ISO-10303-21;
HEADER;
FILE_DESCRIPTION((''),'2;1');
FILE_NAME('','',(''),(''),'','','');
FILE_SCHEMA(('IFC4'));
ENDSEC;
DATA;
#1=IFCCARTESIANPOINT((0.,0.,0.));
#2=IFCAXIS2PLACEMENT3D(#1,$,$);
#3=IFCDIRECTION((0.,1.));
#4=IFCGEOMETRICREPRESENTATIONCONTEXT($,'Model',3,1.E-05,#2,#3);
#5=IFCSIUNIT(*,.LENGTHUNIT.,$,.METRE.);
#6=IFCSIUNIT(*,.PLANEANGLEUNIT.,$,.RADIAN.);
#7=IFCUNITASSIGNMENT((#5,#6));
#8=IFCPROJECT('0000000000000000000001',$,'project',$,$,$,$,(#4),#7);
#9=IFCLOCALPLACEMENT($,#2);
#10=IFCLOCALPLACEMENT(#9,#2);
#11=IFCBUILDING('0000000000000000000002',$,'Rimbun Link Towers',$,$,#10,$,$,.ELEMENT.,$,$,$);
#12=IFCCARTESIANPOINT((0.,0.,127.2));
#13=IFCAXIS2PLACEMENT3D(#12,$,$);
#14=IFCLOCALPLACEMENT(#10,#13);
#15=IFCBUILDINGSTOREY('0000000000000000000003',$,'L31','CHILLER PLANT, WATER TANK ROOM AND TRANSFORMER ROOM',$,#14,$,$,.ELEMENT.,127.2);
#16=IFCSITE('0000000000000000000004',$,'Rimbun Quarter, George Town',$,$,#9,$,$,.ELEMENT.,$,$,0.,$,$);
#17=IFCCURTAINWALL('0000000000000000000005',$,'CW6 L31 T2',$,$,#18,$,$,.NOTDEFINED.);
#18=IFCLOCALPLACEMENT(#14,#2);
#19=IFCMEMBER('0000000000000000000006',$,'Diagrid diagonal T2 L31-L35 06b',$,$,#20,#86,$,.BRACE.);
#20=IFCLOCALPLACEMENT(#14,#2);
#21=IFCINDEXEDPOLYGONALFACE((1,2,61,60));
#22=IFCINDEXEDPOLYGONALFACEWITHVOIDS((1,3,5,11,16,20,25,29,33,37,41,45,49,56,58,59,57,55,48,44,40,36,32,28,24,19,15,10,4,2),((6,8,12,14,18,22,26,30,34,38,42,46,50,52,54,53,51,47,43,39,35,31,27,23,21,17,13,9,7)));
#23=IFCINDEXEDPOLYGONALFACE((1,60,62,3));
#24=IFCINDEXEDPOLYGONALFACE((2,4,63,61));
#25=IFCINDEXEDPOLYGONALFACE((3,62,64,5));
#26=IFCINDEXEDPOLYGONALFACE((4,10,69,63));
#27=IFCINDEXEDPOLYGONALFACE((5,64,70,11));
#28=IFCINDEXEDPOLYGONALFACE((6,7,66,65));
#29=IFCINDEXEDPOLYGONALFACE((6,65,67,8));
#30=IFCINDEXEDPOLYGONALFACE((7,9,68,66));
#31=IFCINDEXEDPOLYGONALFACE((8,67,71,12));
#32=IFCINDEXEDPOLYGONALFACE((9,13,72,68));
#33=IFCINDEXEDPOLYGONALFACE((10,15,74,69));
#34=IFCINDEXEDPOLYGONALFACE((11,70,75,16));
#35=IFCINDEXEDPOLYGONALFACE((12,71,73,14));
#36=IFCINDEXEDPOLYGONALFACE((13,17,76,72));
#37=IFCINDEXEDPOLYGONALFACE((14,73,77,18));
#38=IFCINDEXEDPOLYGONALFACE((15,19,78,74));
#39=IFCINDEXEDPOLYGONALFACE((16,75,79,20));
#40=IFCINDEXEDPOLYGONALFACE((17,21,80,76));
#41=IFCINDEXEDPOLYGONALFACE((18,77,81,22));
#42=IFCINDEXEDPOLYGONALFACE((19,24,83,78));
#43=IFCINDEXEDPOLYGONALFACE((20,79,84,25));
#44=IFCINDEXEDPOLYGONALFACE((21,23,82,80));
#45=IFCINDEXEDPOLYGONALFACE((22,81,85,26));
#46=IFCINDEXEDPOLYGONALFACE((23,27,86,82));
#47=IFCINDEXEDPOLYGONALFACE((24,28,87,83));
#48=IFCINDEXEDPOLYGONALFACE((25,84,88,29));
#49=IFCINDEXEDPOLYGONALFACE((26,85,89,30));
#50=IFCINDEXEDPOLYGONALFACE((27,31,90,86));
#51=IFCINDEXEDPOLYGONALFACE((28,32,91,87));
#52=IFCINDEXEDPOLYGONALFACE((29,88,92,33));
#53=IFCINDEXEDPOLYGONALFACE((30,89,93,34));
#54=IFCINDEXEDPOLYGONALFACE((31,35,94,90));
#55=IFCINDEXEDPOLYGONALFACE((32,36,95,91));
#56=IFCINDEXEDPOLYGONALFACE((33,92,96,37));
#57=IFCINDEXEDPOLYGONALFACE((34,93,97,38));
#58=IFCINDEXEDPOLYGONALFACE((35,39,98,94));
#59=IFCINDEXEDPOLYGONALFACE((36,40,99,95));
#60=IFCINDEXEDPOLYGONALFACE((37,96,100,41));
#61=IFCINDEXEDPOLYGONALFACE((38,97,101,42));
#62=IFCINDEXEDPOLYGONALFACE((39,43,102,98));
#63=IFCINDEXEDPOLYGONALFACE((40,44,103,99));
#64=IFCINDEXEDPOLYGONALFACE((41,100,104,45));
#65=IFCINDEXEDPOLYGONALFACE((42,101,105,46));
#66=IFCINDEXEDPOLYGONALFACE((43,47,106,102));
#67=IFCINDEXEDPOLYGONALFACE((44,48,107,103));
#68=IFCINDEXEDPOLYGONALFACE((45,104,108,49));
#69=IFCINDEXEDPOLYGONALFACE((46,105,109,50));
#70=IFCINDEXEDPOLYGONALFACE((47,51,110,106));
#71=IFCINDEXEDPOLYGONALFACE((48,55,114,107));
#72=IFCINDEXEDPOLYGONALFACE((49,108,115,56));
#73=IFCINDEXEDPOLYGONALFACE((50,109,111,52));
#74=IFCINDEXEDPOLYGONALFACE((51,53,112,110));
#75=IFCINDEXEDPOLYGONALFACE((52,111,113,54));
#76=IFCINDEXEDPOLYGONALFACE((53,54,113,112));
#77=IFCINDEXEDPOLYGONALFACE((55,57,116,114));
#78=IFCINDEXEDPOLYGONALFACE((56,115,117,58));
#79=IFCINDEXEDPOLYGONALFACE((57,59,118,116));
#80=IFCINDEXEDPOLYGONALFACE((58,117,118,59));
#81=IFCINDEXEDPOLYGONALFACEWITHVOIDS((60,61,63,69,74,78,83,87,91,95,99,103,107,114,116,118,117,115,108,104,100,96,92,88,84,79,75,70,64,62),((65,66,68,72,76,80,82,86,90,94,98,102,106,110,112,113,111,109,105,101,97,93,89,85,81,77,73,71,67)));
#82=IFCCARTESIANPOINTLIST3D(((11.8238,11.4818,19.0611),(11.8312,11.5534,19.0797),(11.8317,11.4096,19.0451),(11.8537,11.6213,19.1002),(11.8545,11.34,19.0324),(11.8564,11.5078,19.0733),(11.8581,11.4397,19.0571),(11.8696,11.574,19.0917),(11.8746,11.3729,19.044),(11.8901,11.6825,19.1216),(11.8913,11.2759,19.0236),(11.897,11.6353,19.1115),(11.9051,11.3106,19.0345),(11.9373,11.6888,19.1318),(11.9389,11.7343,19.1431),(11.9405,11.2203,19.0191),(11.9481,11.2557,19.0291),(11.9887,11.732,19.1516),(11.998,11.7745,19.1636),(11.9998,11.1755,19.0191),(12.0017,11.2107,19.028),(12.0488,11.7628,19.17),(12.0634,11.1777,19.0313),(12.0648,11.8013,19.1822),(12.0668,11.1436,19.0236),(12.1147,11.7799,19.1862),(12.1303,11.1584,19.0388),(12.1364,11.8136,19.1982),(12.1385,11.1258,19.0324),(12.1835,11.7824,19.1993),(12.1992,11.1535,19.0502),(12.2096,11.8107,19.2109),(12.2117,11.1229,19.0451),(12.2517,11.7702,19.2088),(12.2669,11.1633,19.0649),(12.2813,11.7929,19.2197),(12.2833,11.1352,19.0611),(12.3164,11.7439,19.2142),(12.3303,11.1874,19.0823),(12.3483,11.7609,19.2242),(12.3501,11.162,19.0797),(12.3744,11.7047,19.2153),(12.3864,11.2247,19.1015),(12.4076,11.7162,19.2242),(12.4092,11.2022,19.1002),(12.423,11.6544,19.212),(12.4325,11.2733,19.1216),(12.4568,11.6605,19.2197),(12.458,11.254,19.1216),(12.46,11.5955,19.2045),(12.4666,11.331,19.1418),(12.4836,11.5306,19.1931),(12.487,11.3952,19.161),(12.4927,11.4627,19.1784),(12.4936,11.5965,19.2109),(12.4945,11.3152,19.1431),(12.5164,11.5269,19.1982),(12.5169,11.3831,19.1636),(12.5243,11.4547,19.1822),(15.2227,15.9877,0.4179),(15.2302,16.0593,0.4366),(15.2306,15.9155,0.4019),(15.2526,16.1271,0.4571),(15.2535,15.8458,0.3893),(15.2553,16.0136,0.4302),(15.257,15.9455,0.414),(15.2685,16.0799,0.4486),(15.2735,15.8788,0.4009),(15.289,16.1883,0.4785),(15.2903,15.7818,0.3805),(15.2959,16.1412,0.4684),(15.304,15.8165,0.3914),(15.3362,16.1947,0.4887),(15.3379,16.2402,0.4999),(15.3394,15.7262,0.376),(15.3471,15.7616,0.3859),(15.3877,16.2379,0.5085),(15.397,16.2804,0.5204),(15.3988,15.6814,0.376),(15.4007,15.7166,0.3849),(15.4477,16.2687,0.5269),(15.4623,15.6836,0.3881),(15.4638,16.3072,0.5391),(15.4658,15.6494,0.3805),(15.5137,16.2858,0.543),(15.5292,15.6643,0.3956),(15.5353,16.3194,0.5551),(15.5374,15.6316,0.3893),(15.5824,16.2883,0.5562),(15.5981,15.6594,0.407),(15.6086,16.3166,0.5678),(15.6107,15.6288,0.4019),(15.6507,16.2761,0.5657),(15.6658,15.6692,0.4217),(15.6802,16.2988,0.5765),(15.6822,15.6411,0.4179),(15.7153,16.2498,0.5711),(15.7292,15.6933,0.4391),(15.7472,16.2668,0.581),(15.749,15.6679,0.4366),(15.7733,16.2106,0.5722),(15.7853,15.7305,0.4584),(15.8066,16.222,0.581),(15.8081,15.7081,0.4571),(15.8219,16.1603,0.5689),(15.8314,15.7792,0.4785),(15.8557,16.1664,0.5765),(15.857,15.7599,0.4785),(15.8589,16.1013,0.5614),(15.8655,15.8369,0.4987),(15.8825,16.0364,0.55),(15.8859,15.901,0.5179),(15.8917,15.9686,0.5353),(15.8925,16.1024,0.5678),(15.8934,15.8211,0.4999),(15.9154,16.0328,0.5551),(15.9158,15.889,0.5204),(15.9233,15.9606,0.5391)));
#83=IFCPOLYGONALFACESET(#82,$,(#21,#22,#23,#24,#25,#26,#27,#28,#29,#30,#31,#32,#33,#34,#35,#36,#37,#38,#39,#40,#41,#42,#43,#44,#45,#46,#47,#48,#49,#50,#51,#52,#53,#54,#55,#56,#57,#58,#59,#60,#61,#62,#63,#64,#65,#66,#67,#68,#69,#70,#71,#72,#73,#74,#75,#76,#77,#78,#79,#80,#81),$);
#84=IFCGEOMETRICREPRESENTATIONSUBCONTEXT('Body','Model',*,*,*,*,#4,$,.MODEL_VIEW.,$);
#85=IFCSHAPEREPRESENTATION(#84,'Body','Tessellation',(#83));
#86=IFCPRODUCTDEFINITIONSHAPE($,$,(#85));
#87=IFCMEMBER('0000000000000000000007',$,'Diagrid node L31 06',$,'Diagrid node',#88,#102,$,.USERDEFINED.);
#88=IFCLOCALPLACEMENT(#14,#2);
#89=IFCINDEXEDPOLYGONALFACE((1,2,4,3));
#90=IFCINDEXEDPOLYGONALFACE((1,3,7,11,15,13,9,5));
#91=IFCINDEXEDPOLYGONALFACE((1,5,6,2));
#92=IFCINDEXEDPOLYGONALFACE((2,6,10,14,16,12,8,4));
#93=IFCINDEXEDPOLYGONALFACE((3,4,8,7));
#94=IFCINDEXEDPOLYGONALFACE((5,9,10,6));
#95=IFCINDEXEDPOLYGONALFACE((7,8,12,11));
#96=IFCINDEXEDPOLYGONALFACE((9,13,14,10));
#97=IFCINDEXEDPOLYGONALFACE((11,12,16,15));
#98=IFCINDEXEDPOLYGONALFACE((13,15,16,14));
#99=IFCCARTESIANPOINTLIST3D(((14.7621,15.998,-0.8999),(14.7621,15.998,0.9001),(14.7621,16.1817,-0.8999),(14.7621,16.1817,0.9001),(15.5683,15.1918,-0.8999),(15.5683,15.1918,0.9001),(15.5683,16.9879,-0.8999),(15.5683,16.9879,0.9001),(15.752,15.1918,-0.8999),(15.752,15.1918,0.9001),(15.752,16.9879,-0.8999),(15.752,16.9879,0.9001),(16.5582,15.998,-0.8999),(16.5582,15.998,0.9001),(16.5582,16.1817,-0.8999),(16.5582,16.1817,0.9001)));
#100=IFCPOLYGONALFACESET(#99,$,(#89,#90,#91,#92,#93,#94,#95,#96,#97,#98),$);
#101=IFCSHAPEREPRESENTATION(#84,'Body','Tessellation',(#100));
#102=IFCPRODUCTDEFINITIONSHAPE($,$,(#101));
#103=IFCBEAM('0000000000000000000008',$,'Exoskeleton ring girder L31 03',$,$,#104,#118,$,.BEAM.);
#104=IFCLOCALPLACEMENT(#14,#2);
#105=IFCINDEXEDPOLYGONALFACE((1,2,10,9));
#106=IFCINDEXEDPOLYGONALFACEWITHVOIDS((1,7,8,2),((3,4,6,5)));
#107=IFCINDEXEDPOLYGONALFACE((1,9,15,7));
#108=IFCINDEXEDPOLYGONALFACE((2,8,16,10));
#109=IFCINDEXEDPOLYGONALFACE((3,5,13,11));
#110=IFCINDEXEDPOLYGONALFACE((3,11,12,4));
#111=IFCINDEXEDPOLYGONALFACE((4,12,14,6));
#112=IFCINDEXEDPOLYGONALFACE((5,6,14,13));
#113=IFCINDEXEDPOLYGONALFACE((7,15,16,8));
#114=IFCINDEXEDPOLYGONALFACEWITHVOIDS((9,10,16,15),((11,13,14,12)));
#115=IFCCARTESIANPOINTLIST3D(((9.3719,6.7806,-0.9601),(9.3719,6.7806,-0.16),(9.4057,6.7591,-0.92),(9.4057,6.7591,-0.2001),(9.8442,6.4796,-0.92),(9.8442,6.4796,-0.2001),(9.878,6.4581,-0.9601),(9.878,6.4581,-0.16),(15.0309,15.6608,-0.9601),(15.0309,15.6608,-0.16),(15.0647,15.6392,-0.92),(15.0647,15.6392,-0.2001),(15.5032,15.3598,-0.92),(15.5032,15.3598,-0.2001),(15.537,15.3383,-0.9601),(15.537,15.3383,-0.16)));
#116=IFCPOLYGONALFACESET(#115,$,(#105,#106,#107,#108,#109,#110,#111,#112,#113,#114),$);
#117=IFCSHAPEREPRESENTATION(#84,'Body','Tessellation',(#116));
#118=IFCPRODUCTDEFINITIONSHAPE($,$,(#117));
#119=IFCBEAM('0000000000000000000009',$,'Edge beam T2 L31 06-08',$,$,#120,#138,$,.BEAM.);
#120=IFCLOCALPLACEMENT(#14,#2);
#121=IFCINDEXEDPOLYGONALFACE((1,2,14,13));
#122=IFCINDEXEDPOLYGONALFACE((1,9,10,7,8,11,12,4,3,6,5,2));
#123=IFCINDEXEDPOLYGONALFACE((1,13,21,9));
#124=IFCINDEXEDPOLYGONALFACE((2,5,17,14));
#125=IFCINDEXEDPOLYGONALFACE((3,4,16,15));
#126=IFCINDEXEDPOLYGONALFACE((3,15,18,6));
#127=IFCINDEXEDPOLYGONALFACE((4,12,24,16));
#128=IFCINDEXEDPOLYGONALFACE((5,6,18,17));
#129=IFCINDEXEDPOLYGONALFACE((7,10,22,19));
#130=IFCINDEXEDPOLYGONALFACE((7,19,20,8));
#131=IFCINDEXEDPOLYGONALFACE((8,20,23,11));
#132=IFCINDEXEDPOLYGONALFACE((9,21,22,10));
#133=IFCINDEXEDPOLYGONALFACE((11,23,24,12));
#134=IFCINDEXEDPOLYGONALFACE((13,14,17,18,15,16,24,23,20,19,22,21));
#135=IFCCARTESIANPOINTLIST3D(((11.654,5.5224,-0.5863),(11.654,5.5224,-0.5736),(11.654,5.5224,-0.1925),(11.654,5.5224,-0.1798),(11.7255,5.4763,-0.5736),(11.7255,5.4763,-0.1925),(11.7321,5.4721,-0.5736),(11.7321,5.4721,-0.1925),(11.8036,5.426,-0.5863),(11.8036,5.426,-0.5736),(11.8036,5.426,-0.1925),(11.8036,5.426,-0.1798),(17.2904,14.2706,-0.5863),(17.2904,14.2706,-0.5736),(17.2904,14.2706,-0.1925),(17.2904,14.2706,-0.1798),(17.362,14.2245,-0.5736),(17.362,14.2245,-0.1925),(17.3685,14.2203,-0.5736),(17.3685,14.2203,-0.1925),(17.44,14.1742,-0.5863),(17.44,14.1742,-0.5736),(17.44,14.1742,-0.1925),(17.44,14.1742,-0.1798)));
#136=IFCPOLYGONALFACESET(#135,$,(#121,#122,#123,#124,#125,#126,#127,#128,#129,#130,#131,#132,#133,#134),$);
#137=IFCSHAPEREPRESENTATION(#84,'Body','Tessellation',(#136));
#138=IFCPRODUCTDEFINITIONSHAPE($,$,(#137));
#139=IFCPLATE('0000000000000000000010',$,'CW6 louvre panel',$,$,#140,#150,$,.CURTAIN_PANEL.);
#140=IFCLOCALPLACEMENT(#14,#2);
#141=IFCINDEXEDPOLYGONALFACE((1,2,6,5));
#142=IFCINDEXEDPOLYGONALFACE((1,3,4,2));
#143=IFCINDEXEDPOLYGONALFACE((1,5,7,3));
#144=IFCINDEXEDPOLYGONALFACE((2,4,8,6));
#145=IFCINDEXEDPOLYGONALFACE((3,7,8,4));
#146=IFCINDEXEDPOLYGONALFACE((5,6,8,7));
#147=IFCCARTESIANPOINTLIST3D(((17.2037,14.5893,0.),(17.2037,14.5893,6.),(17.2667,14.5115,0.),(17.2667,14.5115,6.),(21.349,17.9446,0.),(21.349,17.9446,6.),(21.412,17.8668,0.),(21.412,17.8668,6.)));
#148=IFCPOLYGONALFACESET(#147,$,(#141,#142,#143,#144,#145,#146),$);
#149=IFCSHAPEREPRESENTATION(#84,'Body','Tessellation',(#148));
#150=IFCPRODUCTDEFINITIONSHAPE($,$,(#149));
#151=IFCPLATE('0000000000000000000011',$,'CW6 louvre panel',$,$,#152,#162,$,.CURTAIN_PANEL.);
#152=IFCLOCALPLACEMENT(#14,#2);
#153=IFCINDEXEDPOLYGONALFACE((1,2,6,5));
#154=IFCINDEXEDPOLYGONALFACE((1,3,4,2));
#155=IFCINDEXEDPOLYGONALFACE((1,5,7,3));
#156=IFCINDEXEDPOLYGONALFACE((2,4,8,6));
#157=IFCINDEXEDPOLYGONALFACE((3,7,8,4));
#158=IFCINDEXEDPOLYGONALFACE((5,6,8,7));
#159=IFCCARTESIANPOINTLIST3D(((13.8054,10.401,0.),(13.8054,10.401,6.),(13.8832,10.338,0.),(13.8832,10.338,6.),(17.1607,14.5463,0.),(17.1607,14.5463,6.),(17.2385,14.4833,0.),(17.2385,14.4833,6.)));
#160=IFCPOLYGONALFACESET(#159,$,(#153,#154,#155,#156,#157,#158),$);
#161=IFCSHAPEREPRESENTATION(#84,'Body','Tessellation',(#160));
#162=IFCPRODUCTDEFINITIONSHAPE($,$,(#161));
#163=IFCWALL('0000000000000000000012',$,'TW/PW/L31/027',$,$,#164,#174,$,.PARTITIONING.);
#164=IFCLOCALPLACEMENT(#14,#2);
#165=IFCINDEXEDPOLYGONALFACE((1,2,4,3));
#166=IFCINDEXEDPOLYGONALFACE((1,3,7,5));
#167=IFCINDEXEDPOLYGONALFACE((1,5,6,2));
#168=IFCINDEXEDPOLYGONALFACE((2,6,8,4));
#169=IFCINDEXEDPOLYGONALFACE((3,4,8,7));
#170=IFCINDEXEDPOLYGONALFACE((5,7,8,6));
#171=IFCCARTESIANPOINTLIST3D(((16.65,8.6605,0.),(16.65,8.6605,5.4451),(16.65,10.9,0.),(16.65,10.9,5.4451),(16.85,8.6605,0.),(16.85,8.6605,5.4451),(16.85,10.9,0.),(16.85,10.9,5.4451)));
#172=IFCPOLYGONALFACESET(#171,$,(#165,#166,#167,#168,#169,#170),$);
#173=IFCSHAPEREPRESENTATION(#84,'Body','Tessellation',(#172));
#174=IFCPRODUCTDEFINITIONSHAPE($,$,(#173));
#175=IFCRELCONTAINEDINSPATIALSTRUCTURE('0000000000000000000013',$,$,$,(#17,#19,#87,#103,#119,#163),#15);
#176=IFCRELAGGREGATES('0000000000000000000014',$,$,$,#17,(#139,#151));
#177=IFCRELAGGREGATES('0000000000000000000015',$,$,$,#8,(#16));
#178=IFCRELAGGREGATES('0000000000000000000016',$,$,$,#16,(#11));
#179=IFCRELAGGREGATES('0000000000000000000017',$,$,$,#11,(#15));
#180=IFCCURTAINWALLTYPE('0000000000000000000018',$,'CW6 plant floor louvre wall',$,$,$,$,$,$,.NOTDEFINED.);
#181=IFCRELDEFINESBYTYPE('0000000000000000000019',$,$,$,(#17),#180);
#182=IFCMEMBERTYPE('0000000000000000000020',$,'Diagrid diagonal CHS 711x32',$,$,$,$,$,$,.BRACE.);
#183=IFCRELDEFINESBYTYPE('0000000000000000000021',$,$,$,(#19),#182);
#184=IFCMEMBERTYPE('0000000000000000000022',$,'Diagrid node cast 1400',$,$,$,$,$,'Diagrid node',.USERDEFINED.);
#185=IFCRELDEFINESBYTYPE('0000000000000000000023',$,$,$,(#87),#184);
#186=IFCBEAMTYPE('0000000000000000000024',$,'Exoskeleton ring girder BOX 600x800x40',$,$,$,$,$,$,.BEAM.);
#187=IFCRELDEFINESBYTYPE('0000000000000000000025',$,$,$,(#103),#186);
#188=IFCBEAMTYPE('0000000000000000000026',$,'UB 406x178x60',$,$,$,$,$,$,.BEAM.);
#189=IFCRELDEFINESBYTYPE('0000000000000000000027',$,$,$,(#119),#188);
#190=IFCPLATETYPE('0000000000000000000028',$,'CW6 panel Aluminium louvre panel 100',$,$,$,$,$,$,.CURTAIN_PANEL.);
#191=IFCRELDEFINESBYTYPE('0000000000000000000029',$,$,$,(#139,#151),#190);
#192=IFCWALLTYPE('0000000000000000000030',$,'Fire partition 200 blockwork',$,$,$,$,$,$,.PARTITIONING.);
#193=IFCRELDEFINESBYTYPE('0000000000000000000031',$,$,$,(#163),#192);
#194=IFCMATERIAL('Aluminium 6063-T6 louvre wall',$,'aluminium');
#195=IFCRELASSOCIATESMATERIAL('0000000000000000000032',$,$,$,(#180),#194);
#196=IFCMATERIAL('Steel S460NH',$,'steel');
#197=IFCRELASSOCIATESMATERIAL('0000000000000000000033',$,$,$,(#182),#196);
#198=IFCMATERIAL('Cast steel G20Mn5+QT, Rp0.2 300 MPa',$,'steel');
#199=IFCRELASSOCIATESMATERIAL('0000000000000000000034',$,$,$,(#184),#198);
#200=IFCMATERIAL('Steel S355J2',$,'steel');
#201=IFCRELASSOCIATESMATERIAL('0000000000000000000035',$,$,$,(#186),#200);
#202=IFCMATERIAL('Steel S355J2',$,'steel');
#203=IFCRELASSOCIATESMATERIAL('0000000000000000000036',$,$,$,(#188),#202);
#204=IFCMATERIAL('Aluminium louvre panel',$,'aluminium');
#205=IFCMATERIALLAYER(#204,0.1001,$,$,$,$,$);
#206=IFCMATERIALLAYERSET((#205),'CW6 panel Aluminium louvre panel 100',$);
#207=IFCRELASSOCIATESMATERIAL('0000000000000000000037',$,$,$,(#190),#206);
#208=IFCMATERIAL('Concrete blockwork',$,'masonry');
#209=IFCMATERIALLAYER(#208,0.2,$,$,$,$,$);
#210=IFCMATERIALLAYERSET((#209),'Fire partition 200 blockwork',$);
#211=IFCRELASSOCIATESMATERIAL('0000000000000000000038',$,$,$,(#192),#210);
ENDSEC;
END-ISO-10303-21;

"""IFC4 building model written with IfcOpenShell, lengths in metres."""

from ifc_helpers import new_model, si_unit, direction, frame, frame_2d, origin, origin_2d, place, context, subcontext, project, spatial, polyline, rectangle, hollow_rectangle, hollow_circle, i_section, outline, extrude, material, layer, layer_set, material_profile, profile_set, type_object, element, aggregate, save


model = new_model("IFC4")

# Units and contexts
model_context = context("Model", 3, precision=1e-05, world=origin(), true_north=direction((0.0, 1.0)))
body_context = subcontext(model_context, "Body", "Model", "MODEL_VIEW")
ifc_project = project(units=[si_unit("LENGTHUNIT", "METRE"), si_unit("PLANEANGLEUNIT", "RADIAN")], contexts=[model_context])

# Site, building, storey
site_placement = place(None, origin())
site = spatial("IfcSite", under=ifc_project, at=site_placement, Name="Rimbun Quarter, George Town", CompositionType="ELEMENT", RefElevation=0.0)
building_placement = place(site_placement, origin())
building = spatial("IfcBuilding", under=site, at=building_placement, Name="Rimbun Link Towers", CompositionType="ELEMENT")
storey_placement = place(building_placement, frame((0.0, 0.0, 127.2)))
storey = spatial("IfcBuildingStorey", under=building, at=storey_placement, Name="L31", Description="CHILLER PLANT, WATER TANK ROOM AND TRANSFORMER ROOM", CompositionType="ELEMENT", Elevation=127.2)

# Curtain wall
ifc_material_1 = material(Name="Aluminium 6063-T6 louvre wall", Category="aluminium")
curtain_wall_type = type_object("IfcCurtainWallType", Name="CW6 plant floor louvre wall", PredefinedType="NOTDEFINED", material=ifc_material_1)
curtain_wall_placement = place(storey_placement, origin())
curtain_wall = element("IfcCurtainWall", 1, at=curtain_wall_placement, inside=storey, type_object=curtain_wall_type, Name="CW6 L31 T2", PredefinedType="NOTDEFINED")

# Members
ifc_material_2 = material(Name="Steel S460NH", Category="steel")
ifc_material_profile_1 = material_profile(ifc_material_2, hollow_circle(Radius=0.3557, WallThickness=0.032, at=origin_2d()), Name="Diagrid diagonal CHS 711x32")
ifc_profile_set_1 = profile_set([ifc_material_profile_1], Name="Steel S460NH")
member_type_1 = type_object("IfcMemberType", Name="Diagrid diagonal CHS 711x32", PredefinedType="BRACE", material=ifc_profile_set_1)
for number, where, z_axis, x_axis, name in (
    (2, (15.573, 15.9741, 0.4785), (-0.174495, -0.231322, 0.957101), (0.798336, -0.602212, 0.0), "Diagrid diagonal T2 L31-L35 06b"),
):
    element("IfcMember", number, at=place(storey_placement, frame(where, z_axis=z_axis, x_axis=x_axis)), inside=storey, type_object=member_type_1, Name=name, PredefinedType="BRACE", context=body_context, shape_type="SweptSolid", body=[
        extrude(hollow_circle(Radius=0.3557, WallThickness=0.032, at=origin_2d()), origin(), (0.0, 0.0, 1.0), 19.4788),
    ])
ifc_material_3 = material(Name="Cast steel G20Mn5+QT, Rp0.2 300 MPa", Category="steel")
ifc_material_profile_2 = material_profile(ifc_material_3, outline(polyline([(0.7, -0.5701), (0.7, 0.5701), (0.5701, 0.7), (-0.5701, 0.7), (-0.7, 0.5701), (-0.7, -0.5701), (-0.5701, -0.7), (0.5701, -0.7), (0.7, -0.5701)])), Name="NODE 1400x1400")
ifc_profile_set_2 = profile_set([ifc_material_profile_2], Name="Cast steel G20Mn5+QT, Rp0.2 300 MPa")
member_type_2 = type_object("IfcMemberType", Name="Diagrid node cast 1400", ElementType="Diagrid node", PredefinedType="USERDEFINED", material=ifc_profile_set_2)
member_1_placement = place(storey_placement, frame((15.6602, 16.0898, -0.8999), z_axis=(0.0, 0.0, 1.0), x_axis=(-0.707107, 0.707107, 0.0)))
element("IfcMember", 3, at=member_1_placement, inside=storey, type_object=member_type_2, Name="Diagrid node L31 06", ObjectType="Diagrid node", PredefinedType="USERDEFINED", context=body_context, shape_type="SweptSolid", body=[
    extrude(outline(polyline([(0.7, -0.5701), (0.7, 0.5701), (0.5701, 0.7), (-0.5701, 0.7), (-0.7, 0.5701), (-0.7, -0.5701), (-0.5701, -0.7), (0.5701, -0.7), (0.7, -0.5701)])), origin(), (0.0, 0.0, 1.0), 1.8),
])

# Beams
ifc_material_4 = material(Name="Steel S355J2", Category="steel")
ifc_material_profile_3 = material_profile(ifc_material_4, hollow_rectangle(XDim=0.6001, YDim=0.8, WallThickness=0.04, at=origin_2d()), Name="Exoskeleton ring girder BOX 600x800x40")
ifc_profile_set_3 = profile_set([ifc_material_profile_3], Name="Steel S355J2")
beam_type_1 = type_object("IfcBeamType", Name="Exoskeleton ring girder BOX 600x800x40", PredefinedType="BEAM", material=ifc_profile_set_3)
beam_1_placement = place(storey_placement, frame((15.2839, 15.4995, -0.5601), z_axis=(-0.537412, -0.84332, 0.0), x_axis=(0.84332, -0.537412, 0.0)))
element("IfcBeam", 4, at=beam_1_placement, inside=storey, type_object=beam_type_1, Name="Exoskeleton ring girder L31 03", PredefinedType="BEAM", context=body_context, shape_type="SweptSolid", body=[
    extrude(hollow_rectangle(XDim=0.6001, YDim=0.8, WallThickness=0.04, at=origin_2d()), origin(), (0.0, 0.0, 1.0), 10.53),
])
ifc_material_5 = material(Name="Steel S355J2", Category="steel")
ifc_material_profile_4 = material_profile(ifc_material_5, i_section(OverallWidth=0.178, OverallDepth=0.4065, WebThickness=0.0078, FlangeThickness=0.0127, at=origin_2d()), Name="UB 406x178x60")
ifc_profile_set_4 = profile_set([ifc_material_profile_4], Name="Steel S355J2")
beam_type_2 = type_object("IfcBeamType", Name="UB 406x178x60", PredefinedType="BEAM", material=ifc_profile_set_4)
beam_2_placement = place(storey_placement, frame((17.3652, 14.2224, -0.3831), z_axis=(-0.541612, -0.840628, 0.0), x_axis=(0.840628, -0.541612, 0.0)))
element("IfcBeam", 5, at=beam_2_placement, inside=storey, type_object=beam_type_2, Name="Edge beam T2 L31 06-08", PredefinedType="BEAM", context=body_context, shape_type="SweptSolid", body=[
    extrude(i_section(OverallWidth=0.178, OverallDepth=0.4065, WebThickness=0.0078, FlangeThickness=0.0127, at=origin_2d()), origin(), (0.0, 0.0, 1.0), 10.4067),
])

# Plates
ifc_material_6 = material(Name="Aluminium louvre panel", Category="aluminium")
ifc_layer_1 = layer(ifc_material_6, 0.1001)
ifc_layer_set_1 = layer_set([ifc_layer_1], Name="CW6 panel Aluminium louvre panel 100")
plate_type = type_object("IfcPlateType", Name="CW6 panel Aluminium louvre panel 100", PredefinedType="CURTAIN_PANEL", material=ifc_layer_set_1)
plate_1_placement = place(storey_placement, frame((19.3079, 16.228, 0.0), z_axis=(0.0, 0.0, 1.0), x_axis=(0.777283, 0.629152, 0.0)))
plate_1 = element("IfcPlate", 6, at=plate_1_placement, type_object=plate_type, Name="CW6 louvre panel", PredefinedType="CURTAIN_PANEL", context=body_context, shape_type="SweptSolid", body=[
    extrude(rectangle(XDim=5.333, YDim=0.1001, at=origin_2d()), origin(), (0.0, 0.0, 1.0), 6.0),
])
plate_2_placement = place(storey_placement, frame((15.522, 12.4421, 0.0), z_axis=(0.0, 0.0, 1.0), x_axis=(0.629152, 0.777283, 0.0)))
plate_2 = element("IfcPlate", 7, at=plate_2_placement, type_object=plate_type, Name="CW6 louvre panel", PredefinedType="CURTAIN_PANEL", context=body_context, shape_type="SweptSolid", body=[
    extrude(rectangle(XDim=5.333, YDim=0.1001, at=origin_2d()), origin(), (0.0, 0.0, 1.0), 6.0),
])
aggregate(curtain_wall, [plate_1, plate_2])

# Wall
ifc_material_7 = material(Name="Concrete blockwork", Category="masonry")
ifc_layer_2 = layer(ifc_material_7, 0.2)
ifc_layer_set_2 = layer_set([ifc_layer_2], Name="Fire partition 200 blockwork")
wall_type = type_object("IfcWallType", Name="Fire partition 200 blockwork", PredefinedType="PARTITIONING", material=ifc_layer_set_2)
wall_1_placement = place(storey_placement, frame((16.75, 10.8999, 0.0), z_axis=(0.0, 0.0, 1.0), x_axis=(0.0, -1.0, 0.0)))
element("IfcWall", 8, at=wall_1_placement, inside=storey, type_object=wall_type, Name="TW/PW/L31/027", PredefinedType="PARTITIONING", context=body_context, shape_type="SweptSolid", body=[
    extrude(rectangle(XDim=2.2395, YDim=0.2, at=frame_2d((1.1196, 0.0))), origin(), (0.0, 0.0, 1.0), 5.4451),
])

save(model, "model.ifc")
